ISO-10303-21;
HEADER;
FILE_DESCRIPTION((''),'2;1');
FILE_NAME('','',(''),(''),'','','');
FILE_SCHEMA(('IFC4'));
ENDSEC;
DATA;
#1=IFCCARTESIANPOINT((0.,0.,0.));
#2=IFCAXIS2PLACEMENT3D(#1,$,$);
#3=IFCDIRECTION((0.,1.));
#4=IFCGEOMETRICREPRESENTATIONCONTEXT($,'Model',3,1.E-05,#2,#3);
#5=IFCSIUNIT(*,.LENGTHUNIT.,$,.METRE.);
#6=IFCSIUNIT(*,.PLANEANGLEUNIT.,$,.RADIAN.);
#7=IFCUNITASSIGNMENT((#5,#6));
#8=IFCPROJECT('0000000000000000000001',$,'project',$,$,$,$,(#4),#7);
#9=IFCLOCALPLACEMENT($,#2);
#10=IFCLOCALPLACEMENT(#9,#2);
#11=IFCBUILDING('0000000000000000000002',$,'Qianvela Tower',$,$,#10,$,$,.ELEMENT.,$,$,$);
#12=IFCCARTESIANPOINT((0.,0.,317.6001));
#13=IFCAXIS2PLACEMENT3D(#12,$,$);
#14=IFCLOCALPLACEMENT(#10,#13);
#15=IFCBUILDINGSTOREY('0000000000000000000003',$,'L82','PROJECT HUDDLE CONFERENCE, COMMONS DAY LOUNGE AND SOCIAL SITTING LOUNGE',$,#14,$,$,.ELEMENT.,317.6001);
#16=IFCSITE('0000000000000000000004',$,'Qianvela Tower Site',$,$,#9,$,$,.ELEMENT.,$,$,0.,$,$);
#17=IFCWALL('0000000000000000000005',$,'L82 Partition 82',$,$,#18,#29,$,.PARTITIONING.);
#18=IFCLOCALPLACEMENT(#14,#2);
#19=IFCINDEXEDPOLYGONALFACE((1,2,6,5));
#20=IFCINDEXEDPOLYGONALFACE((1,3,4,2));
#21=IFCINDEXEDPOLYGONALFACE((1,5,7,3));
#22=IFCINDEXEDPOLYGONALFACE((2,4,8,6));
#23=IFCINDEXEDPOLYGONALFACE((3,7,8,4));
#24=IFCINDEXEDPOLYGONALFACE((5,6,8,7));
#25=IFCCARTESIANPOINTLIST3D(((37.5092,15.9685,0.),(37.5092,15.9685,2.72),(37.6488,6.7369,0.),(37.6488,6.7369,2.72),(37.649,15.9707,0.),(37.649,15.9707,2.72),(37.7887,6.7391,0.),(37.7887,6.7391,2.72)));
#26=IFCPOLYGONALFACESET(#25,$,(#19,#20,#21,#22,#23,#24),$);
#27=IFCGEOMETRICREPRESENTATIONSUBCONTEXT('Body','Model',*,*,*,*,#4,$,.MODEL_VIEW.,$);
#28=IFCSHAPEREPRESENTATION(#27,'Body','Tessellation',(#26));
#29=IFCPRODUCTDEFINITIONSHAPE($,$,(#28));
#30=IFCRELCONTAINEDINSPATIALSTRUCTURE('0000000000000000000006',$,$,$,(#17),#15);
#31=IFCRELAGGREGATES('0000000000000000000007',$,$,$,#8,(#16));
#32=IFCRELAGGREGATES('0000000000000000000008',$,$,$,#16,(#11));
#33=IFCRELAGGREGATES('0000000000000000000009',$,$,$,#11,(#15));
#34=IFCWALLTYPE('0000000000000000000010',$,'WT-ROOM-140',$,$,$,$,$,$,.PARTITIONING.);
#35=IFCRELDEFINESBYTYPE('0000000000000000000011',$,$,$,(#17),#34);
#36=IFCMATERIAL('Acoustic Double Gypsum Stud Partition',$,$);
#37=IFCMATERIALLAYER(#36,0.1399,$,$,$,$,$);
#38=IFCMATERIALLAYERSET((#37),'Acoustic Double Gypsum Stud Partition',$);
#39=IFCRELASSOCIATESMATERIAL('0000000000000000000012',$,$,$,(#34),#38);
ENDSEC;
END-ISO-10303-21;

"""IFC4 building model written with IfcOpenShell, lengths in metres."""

from ifc_helpers import new_model, si_unit, direction, frame, frame_2d, origin, place, context, subcontext, project, spatial, rectangle, extrude, material, layer, layer_set, type_object, element, save


model = new_model("IFC4")

# Units and contexts
model_context = context("Model", 3, precision=1e-05, world=origin(), true_north=direction((0.0, 1.0)))
body_context = subcontext(model_context, "Body", "Model", "MODEL_VIEW")
ifc_project = project(units=[si_unit("LENGTHUNIT", "METRE"), si_unit("PLANEANGLEUNIT", "RADIAN")], contexts=[model_context])

# Site, building, storey
site_placement = place(None, origin())
site = spatial("IfcSite", under=ifc_project, at=site_placement, Name="Qianvela Tower Site", CompositionType="ELEMENT", RefElevation=0.0)
building_placement = place(site_placement, origin())
building = spatial("IfcBuilding", under=site, at=building_placement, Name="Qianvela Tower", CompositionType="ELEMENT")
storey_placement = place(building_placement, frame((0.0, 0.0, 317.6001)))
storey = spatial("IfcBuildingStorey", under=building, at=storey_placement, Name="L82", Description="PROJECT HUDDLE CONFERENCE, COMMONS DAY LOUNGE AND SOCIAL SITTING LOUNGE", CompositionType="ELEMENT", Elevation=317.6001)

# Wall
ifc_material_1 = material(Name="Acoustic Double Gypsum Stud Partition")
ifc_layer_1 = layer(ifc_material_1, 0.1399)
ifc_layer_set_1 = layer_set([ifc_layer_1], Name="Acoustic Double Gypsum Stud Partition")
wall_type_1 = type_object("IfcWallType", Name="WT-ROOM-140", PredefinedType="PARTITIONING", material=ifc_layer_set_1)
wall_1_placement = place(storey_placement, frame((37.5791, 15.9695, 0.0), z_axis=(0.0, 0.0, 1.0), x_axis=(0.015125, -0.999886, 0.0)))
element("IfcWall", 1, at=wall_1_placement, inside=storey, type_object=wall_type_1, Name="L82 Partition 82", PredefinedType="PARTITIONING", context=body_context, shape_type="SweptSolid", body=[
    extrude(rectangle(XDim=9.2327, YDim=0.1399, at=frame_2d((4.6162, 0.0))), origin(), (0.0, 0.0, 1.0), 2.72),
])

save(model, "model.ifc")
